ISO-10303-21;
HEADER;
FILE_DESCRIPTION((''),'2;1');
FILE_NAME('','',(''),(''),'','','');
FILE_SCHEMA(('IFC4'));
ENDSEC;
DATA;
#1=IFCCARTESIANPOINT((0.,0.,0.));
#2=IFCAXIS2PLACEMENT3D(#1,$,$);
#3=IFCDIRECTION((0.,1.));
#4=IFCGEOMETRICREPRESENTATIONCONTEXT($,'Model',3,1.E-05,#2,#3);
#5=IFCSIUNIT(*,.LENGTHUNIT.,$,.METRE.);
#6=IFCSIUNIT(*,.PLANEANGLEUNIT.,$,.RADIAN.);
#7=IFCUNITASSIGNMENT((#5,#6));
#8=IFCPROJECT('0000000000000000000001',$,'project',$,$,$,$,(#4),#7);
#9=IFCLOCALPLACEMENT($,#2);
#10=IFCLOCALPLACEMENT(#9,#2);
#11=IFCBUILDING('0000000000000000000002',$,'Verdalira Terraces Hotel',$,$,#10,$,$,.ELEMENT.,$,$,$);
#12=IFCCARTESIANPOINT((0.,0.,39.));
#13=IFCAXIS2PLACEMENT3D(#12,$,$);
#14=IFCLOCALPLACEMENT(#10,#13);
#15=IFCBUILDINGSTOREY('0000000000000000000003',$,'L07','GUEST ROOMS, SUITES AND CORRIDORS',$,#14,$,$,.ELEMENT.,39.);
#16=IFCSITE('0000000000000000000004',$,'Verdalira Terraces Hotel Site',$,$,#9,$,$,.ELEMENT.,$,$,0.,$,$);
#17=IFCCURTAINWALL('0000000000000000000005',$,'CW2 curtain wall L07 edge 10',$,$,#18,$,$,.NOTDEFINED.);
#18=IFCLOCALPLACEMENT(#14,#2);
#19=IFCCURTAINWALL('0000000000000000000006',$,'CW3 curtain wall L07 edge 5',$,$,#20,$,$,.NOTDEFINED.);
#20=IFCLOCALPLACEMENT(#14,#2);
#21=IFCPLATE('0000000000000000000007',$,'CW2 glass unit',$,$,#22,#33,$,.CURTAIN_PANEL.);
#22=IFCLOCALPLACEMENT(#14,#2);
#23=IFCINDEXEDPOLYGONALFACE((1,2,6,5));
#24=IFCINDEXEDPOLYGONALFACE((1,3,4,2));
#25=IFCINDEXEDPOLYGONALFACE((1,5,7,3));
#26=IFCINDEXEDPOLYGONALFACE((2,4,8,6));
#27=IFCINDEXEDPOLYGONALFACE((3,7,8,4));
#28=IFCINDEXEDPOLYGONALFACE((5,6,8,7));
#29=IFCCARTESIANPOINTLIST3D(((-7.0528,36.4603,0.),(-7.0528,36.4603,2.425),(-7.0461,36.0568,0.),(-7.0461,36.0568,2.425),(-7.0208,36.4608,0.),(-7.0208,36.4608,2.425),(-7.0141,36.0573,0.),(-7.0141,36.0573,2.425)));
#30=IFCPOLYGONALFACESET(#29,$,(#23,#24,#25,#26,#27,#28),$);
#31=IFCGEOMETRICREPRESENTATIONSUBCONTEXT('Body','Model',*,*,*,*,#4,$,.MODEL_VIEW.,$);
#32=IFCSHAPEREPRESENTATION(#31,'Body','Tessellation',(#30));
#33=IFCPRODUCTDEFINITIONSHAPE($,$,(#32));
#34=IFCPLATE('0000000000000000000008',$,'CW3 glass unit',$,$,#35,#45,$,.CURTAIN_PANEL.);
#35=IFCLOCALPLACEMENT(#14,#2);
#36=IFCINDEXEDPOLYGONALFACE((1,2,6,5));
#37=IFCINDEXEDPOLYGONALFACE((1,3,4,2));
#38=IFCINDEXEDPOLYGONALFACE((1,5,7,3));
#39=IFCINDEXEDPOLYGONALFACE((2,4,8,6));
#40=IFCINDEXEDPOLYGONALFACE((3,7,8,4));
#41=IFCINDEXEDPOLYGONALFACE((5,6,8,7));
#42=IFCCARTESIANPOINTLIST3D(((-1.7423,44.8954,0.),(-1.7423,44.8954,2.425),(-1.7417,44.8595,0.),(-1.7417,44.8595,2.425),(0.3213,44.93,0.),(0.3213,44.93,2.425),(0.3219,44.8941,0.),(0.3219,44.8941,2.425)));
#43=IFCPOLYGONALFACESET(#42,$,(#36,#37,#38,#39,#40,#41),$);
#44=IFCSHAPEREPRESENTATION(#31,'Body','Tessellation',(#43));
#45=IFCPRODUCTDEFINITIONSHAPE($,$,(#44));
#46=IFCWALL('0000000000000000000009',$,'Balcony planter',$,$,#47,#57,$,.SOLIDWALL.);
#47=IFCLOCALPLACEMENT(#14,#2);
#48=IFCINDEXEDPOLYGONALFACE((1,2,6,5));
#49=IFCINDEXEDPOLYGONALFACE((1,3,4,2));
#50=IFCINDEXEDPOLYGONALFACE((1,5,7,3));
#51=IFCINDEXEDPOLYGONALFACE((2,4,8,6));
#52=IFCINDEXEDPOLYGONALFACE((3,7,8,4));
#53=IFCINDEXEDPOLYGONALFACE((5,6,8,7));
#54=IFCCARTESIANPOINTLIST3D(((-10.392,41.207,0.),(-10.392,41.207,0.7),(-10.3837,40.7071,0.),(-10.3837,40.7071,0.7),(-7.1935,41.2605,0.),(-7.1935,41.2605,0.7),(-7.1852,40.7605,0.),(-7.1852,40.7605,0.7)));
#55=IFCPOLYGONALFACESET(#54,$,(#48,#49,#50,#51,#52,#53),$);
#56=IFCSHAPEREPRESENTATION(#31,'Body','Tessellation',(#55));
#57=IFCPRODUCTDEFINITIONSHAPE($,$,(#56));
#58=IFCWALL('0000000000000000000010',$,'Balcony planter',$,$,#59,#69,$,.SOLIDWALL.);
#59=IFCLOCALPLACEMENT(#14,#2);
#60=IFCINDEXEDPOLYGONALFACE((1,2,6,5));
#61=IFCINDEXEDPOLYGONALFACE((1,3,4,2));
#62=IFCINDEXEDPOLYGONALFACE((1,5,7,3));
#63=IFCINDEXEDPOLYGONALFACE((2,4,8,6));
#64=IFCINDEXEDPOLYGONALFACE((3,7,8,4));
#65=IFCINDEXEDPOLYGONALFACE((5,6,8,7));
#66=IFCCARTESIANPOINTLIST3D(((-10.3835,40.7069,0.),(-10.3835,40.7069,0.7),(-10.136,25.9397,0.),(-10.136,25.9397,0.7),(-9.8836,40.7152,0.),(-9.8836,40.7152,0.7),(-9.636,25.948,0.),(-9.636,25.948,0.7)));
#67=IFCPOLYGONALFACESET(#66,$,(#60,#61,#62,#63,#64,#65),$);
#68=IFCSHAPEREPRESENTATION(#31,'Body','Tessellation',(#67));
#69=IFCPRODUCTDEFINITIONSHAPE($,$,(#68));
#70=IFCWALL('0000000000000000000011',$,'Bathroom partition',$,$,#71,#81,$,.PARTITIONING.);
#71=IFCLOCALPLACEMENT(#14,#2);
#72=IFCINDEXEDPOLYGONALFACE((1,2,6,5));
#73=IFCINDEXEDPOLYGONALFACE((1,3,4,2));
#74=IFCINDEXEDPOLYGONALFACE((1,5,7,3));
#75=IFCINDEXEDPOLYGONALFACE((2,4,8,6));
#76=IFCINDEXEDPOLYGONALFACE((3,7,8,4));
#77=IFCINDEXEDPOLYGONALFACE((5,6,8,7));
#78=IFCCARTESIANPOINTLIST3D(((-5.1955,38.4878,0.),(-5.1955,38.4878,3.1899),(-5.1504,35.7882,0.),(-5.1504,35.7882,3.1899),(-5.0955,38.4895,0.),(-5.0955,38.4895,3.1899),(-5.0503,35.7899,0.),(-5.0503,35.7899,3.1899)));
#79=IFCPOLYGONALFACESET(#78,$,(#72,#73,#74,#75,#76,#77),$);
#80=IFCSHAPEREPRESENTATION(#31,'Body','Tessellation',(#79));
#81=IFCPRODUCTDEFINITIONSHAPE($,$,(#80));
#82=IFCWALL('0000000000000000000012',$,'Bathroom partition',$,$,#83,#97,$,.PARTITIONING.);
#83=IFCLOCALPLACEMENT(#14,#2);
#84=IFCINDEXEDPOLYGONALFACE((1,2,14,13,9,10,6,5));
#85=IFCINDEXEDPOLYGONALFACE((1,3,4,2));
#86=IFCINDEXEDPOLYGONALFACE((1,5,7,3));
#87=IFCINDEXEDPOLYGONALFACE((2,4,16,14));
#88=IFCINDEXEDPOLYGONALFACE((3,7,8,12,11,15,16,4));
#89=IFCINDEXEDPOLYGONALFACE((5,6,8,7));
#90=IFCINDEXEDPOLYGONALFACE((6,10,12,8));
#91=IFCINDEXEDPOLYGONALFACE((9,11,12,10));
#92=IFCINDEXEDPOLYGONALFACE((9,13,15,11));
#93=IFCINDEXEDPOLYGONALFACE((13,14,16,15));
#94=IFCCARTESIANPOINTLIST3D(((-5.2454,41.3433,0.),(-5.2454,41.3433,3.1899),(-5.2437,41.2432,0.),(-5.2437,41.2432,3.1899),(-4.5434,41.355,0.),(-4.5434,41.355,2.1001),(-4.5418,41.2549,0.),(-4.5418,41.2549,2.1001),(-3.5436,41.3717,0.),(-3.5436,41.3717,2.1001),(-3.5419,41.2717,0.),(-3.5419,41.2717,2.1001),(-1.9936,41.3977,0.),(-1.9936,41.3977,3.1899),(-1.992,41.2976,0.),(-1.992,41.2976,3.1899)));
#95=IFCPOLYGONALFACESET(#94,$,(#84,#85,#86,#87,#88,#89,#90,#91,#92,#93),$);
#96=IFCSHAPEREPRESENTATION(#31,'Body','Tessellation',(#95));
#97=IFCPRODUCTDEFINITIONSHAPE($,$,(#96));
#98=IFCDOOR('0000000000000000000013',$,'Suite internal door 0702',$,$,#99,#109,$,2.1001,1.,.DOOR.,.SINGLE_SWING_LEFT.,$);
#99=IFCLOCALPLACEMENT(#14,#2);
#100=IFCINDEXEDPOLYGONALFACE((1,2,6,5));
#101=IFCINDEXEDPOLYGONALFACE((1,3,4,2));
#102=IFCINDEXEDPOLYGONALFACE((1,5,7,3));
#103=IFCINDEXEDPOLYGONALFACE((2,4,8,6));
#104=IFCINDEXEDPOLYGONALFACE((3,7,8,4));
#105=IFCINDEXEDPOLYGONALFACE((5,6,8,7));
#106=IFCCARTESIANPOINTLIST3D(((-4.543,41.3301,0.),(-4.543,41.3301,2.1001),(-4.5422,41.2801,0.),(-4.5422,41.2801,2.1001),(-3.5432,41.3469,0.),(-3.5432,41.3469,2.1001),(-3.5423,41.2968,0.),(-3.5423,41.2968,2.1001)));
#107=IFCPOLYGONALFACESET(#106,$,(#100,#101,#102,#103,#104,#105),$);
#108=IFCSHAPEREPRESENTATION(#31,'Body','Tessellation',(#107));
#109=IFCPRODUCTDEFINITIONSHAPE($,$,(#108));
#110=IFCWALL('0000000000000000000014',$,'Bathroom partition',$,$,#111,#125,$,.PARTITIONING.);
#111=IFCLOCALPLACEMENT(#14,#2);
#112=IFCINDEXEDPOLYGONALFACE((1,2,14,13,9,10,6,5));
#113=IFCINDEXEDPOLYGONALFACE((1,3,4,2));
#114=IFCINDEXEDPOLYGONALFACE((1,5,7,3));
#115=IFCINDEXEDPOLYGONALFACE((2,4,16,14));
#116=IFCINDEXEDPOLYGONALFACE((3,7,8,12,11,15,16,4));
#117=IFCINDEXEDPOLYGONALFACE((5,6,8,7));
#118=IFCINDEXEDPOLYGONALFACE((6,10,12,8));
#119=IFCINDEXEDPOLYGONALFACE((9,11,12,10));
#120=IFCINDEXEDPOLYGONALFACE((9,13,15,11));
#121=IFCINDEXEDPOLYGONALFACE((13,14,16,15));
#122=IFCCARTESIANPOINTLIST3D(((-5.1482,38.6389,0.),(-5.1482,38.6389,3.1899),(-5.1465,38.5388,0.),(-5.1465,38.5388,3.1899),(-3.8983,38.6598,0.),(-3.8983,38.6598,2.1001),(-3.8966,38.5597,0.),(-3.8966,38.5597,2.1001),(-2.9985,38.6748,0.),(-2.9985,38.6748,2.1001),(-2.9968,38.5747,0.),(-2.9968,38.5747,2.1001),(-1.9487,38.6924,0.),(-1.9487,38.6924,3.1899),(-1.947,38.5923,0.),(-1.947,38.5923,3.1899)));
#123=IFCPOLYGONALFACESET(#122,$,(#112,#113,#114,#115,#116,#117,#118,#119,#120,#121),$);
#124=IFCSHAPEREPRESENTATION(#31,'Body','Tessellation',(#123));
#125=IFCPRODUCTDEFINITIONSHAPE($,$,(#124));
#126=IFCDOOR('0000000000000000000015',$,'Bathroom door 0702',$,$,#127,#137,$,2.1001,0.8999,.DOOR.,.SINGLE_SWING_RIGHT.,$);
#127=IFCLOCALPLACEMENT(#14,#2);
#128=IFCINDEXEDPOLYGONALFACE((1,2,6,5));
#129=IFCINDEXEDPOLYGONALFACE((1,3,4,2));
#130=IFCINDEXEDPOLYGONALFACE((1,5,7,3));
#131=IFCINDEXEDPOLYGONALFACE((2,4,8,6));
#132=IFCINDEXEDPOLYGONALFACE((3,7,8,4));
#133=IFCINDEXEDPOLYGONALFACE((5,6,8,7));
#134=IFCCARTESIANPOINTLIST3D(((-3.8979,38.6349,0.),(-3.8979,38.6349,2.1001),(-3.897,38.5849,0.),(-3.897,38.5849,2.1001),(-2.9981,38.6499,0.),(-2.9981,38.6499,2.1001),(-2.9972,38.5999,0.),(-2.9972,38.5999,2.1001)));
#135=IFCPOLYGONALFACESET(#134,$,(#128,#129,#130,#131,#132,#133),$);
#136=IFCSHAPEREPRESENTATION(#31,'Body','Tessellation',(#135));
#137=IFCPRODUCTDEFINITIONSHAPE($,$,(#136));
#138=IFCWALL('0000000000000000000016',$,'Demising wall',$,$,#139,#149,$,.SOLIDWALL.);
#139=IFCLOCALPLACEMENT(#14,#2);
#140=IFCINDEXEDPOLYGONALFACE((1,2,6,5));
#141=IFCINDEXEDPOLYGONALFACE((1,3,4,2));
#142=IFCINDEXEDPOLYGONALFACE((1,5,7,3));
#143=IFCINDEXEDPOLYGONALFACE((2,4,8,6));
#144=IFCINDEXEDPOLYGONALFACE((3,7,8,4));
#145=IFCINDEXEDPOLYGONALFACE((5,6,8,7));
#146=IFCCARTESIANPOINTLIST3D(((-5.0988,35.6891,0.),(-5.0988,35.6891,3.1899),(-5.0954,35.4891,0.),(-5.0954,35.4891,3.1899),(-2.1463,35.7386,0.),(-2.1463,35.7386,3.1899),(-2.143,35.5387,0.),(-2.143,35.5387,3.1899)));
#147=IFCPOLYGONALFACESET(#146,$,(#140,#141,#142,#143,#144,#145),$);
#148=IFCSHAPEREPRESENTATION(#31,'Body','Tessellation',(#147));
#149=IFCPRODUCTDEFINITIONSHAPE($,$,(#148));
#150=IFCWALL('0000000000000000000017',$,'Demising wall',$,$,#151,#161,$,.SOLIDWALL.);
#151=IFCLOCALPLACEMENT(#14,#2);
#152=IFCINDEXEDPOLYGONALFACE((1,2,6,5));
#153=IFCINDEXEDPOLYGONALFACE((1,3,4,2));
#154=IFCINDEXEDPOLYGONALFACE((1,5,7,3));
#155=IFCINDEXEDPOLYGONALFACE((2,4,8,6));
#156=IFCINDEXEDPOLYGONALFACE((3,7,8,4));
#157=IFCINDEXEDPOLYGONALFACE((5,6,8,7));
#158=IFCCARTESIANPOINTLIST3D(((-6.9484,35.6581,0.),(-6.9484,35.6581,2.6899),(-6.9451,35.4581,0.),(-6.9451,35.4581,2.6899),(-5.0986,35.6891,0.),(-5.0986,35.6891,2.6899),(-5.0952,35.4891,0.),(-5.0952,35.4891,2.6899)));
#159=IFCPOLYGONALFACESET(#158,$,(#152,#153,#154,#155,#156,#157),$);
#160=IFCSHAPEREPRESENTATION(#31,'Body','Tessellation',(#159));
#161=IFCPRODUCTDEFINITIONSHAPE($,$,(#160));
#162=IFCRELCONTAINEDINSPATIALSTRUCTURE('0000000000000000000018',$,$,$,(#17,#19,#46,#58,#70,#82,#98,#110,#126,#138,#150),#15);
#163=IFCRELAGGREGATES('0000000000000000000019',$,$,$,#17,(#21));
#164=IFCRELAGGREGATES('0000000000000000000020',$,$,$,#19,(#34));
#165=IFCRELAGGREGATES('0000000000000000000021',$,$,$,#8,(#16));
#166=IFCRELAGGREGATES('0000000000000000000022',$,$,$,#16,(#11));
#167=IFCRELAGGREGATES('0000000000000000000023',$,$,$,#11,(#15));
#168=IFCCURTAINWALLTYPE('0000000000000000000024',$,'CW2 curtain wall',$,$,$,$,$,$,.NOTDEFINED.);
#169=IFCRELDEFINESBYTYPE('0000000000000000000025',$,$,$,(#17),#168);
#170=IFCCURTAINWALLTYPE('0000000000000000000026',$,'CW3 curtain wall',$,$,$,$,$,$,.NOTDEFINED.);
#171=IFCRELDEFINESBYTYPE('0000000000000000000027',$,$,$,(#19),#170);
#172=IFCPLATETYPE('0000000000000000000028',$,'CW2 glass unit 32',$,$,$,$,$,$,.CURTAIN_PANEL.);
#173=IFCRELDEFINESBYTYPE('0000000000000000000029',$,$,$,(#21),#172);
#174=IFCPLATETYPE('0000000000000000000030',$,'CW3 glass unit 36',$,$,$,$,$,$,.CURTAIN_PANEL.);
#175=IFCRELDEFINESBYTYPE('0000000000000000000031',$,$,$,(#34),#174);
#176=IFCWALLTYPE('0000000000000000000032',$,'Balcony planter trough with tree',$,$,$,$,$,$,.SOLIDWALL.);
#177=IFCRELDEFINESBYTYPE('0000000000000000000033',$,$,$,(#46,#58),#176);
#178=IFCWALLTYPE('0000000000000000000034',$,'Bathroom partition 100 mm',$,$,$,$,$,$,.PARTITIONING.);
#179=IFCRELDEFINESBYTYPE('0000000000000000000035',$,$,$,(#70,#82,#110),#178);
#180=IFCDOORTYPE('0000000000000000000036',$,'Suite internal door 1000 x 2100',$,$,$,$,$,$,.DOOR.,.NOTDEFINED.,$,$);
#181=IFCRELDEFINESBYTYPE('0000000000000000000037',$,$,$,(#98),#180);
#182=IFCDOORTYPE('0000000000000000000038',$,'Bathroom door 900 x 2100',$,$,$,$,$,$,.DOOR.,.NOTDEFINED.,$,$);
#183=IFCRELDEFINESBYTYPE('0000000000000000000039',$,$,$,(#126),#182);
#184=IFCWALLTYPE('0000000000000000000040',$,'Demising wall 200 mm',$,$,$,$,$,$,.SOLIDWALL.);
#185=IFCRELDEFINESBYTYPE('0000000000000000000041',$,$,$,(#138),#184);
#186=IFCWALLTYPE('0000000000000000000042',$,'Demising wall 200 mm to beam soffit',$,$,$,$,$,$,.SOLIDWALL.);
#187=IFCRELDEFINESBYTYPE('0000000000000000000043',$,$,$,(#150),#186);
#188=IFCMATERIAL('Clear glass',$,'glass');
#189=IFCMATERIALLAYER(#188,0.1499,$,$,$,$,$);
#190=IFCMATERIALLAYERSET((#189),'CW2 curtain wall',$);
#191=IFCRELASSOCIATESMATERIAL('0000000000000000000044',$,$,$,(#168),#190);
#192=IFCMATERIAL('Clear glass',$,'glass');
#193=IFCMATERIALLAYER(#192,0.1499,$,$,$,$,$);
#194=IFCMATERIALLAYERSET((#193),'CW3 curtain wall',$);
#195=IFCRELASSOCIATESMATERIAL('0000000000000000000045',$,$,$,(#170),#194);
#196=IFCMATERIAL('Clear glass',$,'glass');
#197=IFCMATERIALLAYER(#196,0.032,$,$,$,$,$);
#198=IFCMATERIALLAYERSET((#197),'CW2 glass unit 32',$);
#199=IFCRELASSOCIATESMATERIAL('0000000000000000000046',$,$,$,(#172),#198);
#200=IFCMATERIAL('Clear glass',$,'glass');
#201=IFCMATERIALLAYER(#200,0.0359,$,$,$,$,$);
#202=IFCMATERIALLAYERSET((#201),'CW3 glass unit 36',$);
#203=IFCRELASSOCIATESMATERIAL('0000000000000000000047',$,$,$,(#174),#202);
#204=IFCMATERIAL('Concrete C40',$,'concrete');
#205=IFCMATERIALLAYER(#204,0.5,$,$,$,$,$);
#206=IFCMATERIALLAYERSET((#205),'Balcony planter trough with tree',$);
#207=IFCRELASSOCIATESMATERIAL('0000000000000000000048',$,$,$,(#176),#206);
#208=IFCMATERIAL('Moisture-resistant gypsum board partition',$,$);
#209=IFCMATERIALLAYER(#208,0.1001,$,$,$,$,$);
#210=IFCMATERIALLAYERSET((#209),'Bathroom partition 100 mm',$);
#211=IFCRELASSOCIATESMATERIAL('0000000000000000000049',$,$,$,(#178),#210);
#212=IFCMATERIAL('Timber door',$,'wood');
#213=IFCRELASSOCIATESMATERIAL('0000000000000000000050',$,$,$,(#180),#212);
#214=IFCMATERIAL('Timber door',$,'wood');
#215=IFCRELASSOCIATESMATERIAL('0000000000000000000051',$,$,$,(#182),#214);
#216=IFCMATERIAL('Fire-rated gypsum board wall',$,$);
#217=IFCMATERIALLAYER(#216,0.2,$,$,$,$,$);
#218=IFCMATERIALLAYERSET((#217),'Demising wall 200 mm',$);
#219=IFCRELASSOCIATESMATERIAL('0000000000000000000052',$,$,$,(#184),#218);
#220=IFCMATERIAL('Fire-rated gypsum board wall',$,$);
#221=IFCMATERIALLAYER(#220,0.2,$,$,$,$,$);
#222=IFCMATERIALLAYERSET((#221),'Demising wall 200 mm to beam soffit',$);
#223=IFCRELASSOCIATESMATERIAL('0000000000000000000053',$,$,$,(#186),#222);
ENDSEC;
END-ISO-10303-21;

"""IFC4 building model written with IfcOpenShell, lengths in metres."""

from ifc_helpers import new_model, si_unit, direction, frame, frame_2d, origin, origin_2d, place, context, subcontext, project, spatial, rectangle, extrude, material, layer, layer_set, type_object, element, fill, aggregate, save


model = new_model("IFC4")

# Units and contexts
model_context = context("Model", 3, precision=1e-05, world=origin(), true_north=direction((0.0, 1.0)))
body_context = subcontext(model_context, "Body", "Model", "MODEL_VIEW")
ifc_project = project(units=[si_unit("LENGTHUNIT", "METRE"), si_unit("PLANEANGLEUNIT", "RADIAN")], contexts=[model_context])

# Site, building, storey
site_placement = place(None, origin())
site = spatial("IfcSite", under=ifc_project, at=site_placement, Name="Verdalira Terraces Hotel Site", CompositionType="ELEMENT", RefElevation=0.0)
building_placement = place(site_placement, origin())
building = spatial("IfcBuilding", under=site, at=building_placement, Name="Verdalira Terraces Hotel", CompositionType="ELEMENT")
storey_placement = place(building_placement, frame((0.0, 0.0, 39.0)))
storey = spatial("IfcBuildingStorey", under=building, at=storey_placement, Name="L07", Description="GUEST ROOMS, SUITES AND CORRIDORS", CompositionType="ELEMENT", Elevation=39.0)

# Curtain wall
ifc_material_1 = material(Name="Clear glass", Category="glass")
ifc_layer_1 = layer(ifc_material_1, 0.1499)
ifc_layer_set_1 = layer_set([ifc_layer_1], Name="CW2 curtain wall")
curtain_wall_type_1 = type_object("IfcCurtainWallType", Name="CW2 curtain wall", PredefinedType="NOTDEFINED", material=ifc_layer_set_1)
curtain_wall_1_placement = place(storey_placement, origin())
curtain_wall_1 = element("IfcCurtainWall", 1, at=curtain_wall_1_placement, inside=storey, type_object=curtain_wall_type_1, Name="CW2 curtain wall L07 edge 10", PredefinedType="NOTDEFINED")

# Curtain wall
ifc_material_2 = material(Name="Clear glass", Category="glass")
ifc_layer_2 = layer(ifc_material_2, 0.1499)
ifc_layer_set_2 = layer_set([ifc_layer_2], Name="CW3 curtain wall")
curtain_wall_type_2 = type_object("IfcCurtainWallType", Name="CW3 curtain wall", PredefinedType="NOTDEFINED", material=ifc_layer_set_2)
curtain_wall_2_placement = place(storey_placement, origin())
curtain_wall_2 = element("IfcCurtainWall", 2, at=curtain_wall_2_placement, inside=storey, type_object=curtain_wall_type_2, Name="CW3 curtain wall L07 edge 5", PredefinedType="NOTDEFINED")

# Plates
ifc_material_3 = material(Name="Clear glass", Category="glass")
ifc_layer_3 = layer(ifc_material_3, 0.032)
ifc_layer_set_3 = layer_set([ifc_layer_3], Name="CW2 glass unit 32")
plate_type_1 = type_object("IfcPlateType", Name="CW2 glass unit 32", PredefinedType="CURTAIN_PANEL", material=ifc_layer_set_3)
plate_1_placement = place(storey_placement, frame((-7.0334, 36.2588, 0.0), z_axis=(0.0, 0.0, 1.0), x_axis=(0.016754, -0.99986, 0.0)))
plate_1 = element("IfcPlate", 3, at=plate_1_placement, type_object=plate_type_1, Name="CW2 glass unit", PredefinedType="CURTAIN_PANEL", context=body_context, shape_type="SweptSolid", body=[
    extrude(rectangle(XDim=0.4036, YDim=0.032, at=origin_2d()), origin(), (0.0, 0.0, 1.0), 2.425),
])
aggregate(curtain_wall_1, [plate_1])
ifc_material_4 = material(Name="Clear glass", Category="glass")
ifc_layer_4 = layer(ifc_material_4, 0.0359)
ifc_layer_set_4 = layer_set([ifc_layer_4], Name="CW3 glass unit 36")
plate_type_2 = type_object("IfcPlateType", Name="CW3 glass unit 36", PredefinedType="CURTAIN_PANEL", material=ifc_layer_set_4)
plate_2_placement = place(storey_placement, frame((-0.7102, 44.8948, 0.0), z_axis=(0.0, 0.0, 1.0), x_axis=(-0.99986, -0.016754, 0.0)))
plate_2 = element("IfcPlate", 4, at=plate_2_placement, type_object=plate_type_2, Name="CW3 glass unit", PredefinedType="CURTAIN_PANEL", context=body_context, shape_type="SweptSolid", body=[
    extrude(rectangle(XDim=2.064, YDim=0.0359, at=origin_2d()), origin(), (0.0, 0.0, 1.0), 2.425),
])
aggregate(curtain_wall_2, [plate_2])

# Walls
ifc_material_5 = material(Name="Concrete C40", Category="concrete")
ifc_layer_5 = layer(ifc_material_5, 0.5)
ifc_layer_set_5 = layer_set([ifc_layer_5], Name="Balcony planter trough with tree")
wall_type_1 = type_object("IfcWallType", Name="Balcony planter trough with tree", PredefinedType="SOLIDWALL", material=ifc_layer_set_5)
wall_1_placement = place(storey_placement, frame((-7.1892, 41.0105, 0.0), z_axis=(0.0, 0.0, 1.0), x_axis=(-0.99986, -0.016714, 0.0)))
element("IfcWall", 5, at=wall_1_placement, inside=storey, type_object=wall_type_1, Name="Balcony planter", PredefinedType="SOLIDWALL", context=body_context, shape_type="SweptSolid", body=[
    extrude(rectangle(XDim=3.199, YDim=0.5, at=frame_2d((1.5996, 0.0))), origin(), (0.0, 0.0, 1.0), 0.7),
])
wall_2_placement = place(storey_placement, frame((-10.1335, 40.7112, 0.0), z_axis=(0.0, 0.0, 1.0), x_axis=(0.016762, -0.99986, 0.0)))
element("IfcWall", 6, at=wall_2_placement, inside=storey, type_object=wall_type_1, Name="Balcony planter", PredefinedType="SOLIDWALL", context=body_context, shape_type="SweptSolid", body=[
    extrude(rectangle(XDim=14.7693, YDim=0.5, at=frame_2d((7.3848, 0.0))), origin(), (0.0, 0.0, 1.0), 0.7),
])
ifc_material_6 = material(Name="Moisture-resistant gypsum board partition")
ifc_layer_6 = layer(ifc_material_6, 0.1001)
ifc_layer_set_6 = layer_set([ifc_layer_6], Name="Bathroom partition 100 mm")
wall_type_2 = type_object("IfcWallType", Name="Bathroom partition 100 mm", PredefinedType="PARTITIONING", material=ifc_layer_set_6)
wall_3_placement = place(storey_placement, frame((-5.1455, 38.4888, 0.0), z_axis=(0.0, 0.0, 1.0), x_axis=(0.016729, -0.99986, 0.0)))
element("IfcWall", 7, at=wall_3_placement, inside=storey, type_object=wall_type_2, Name="Bathroom partition", PredefinedType="PARTITIONING", context=body_context, shape_type="SweptSolid", body=[
    extrude(rectangle(XDim=2.7, YDim=0.1001, at=frame_2d((1.3501, 0.0))), origin(), (0.0, 0.0, 1.0), 3.1899),
])

# Walls, openings, doors
wall_4_placement = place(storey_placement, frame((-1.9929, 41.3477, 0.0), z_axis=(0.0, 0.0, 1.0), x_axis=(-0.99986, -0.016741, 0.0)))
wall_4 = element("IfcWall", 8, at=wall_4_placement, inside=storey, type_object=wall_type_2, Name="Bathroom partition", PredefinedType="PARTITIONING", context=body_context, shape_type="SweptSolid", body=[
    extrude(rectangle(XDim=3.2522, YDim=0.1001, at=frame_2d((1.626, 0.0))), origin(), (0.0, 0.0, 1.0), 3.1899),
])
opening_1_placement = place(wall_4_placement, frame((1.55, 0.0, 0.0)))
opening_1 = element("IfcOpeningElement", 9, at=opening_1_placement, cuts=wall_4, PredefinedType="OPENING", context=body_context, shape_type="SweptSolid", body=[
    extrude(rectangle(XDim=1.0, YDim=2.1001, at=frame_2d((0.5, 1.05))), frame((0.0, 0.0601, 0.0), z_axis=(0.0, -1.0, 0.0), x_axis=(1.0, 0.0, 0.0)), (0.0, 0.0, 1.0), 0.1201),
])
ifc_material_7 = material(Name="Timber door", Category="wood")
door_type_1 = type_object("IfcDoorType", Name="Suite internal door 1000 x 2100", OperationType="NOTDEFINED", PredefinedType="DOOR", material=ifc_material_7)
door_1_placement = place(opening_1_placement, origin())
door_1 = element("IfcDoor", 10, at=door_1_placement, inside=storey, type_object=door_type_1, Name="Suite internal door 0702", OperationType="SINGLE_SWING_LEFT", OverallHeight=2.1001, OverallWidth=1.0, PredefinedType="DOOR", context=body_context, shape_type="SweptSolid", body=[
    extrude(rectangle(XDim=1.0, YDim=2.1001, at=frame_2d((0.5, 1.05))), frame((0.0, 0.0249, 0.0), z_axis=(0.0, -1.0, 0.0), x_axis=(1.0, 0.0, 0.0)), (0.0, 0.0, 1.0), 0.05),
])
fill(opening_1, door_1)
wall_5_placement = place(storey_placement, frame((-1.9478, 38.6423, 0.0), z_axis=(0.0, 0.0, 1.0), x_axis=(-0.99986, -0.016709, 0.0)))
wall_5 = element("IfcWall", 11, at=wall_5_placement, inside=storey, type_object=wall_type_2, Name="Bathroom partition", PredefinedType="PARTITIONING", context=body_context, shape_type="SweptSolid", body=[
    extrude(rectangle(XDim=3.2, YDim=0.1001, at=frame_2d((1.6001, 0.0))), origin(), (0.0, 0.0, 1.0), 3.1899),
])
opening_2_placement = place(wall_5_placement, frame((1.05, 0.0, 0.0)))
opening_2 = element("IfcOpeningElement", 12, at=opening_2_placement, cuts=wall_5, PredefinedType="OPENING", context=body_context, shape_type="SweptSolid", body=[
    extrude(rectangle(XDim=0.8999, YDim=2.1001, at=frame_2d((0.45, 1.05))), frame((0.0, 0.0601, 0.0), z_axis=(0.0, -1.0, 0.0), x_axis=(1.0, 0.0, 0.0)), (0.0, 0.0, 1.0), 0.1201),
])
ifc_material_8 = material(Name="Timber door", Category="wood")
door_type_2 = type_object("IfcDoorType", Name="Bathroom door 900 x 2100", OperationType="NOTDEFINED", PredefinedType="DOOR", material=ifc_material_8)
door_2_placement = place(opening_2_placement, origin())
door_2 = element("IfcDoor", 13, at=door_2_placement, inside=storey, type_object=door_type_2, Name="Bathroom door 0702", OperationType="SINGLE_SWING_RIGHT", OverallHeight=2.1001, OverallWidth=0.8999, PredefinedType="DOOR", context=body_context, shape_type="SweptSolid", body=[
    extrude(rectangle(XDim=0.8999, YDim=2.1001, at=frame_2d((0.45, 1.05))), frame((0.0, 0.0249, 0.0), z_axis=(0.0, -1.0, 0.0), x_axis=(1.0, 0.0, 0.0)), (0.0, 0.0, 1.0), 0.05),
])
fill(opening_2, door_2)

# Walls
ifc_material_9 = material(Name="Fire-rated gypsum board wall")
ifc_layer_7 = layer(ifc_material_9, 0.2)
ifc_layer_set_7 = layer_set([ifc_layer_7], Name="Demising wall 200 mm")
wall_type_3 = type_object("IfcWallType", Name="Demising wall 200 mm", PredefinedType="SOLIDWALL", material=ifc_layer_set_7)
wall_6_placement = place(storey_placement, frame((-2.1445, 35.6387, 0.0), z_axis=(0.0, 0.0, 1.0), x_axis=(-0.999859, -0.016784, 0.0)))
element("IfcWall", 14, at=wall_6_placement, inside=storey, type_object=wall_type_3, Name="Demising wall", PredefinedType="SOLIDWALL", context=body_context, shape_type="SweptSolid", body=[
    extrude(rectangle(XDim=2.9529, YDim=0.2, at=frame_2d((1.4766, 0.0))), origin(), (0.0, 0.0, 1.0), 3.1899),
])
ifc_material_10 = material(Name="Fire-rated gypsum board wall")
ifc_layer_8 = layer(ifc_material_10, 0.2)
ifc_layer_set_8 = layer_set([ifc_layer_8], Name="Demising wall 200 mm to beam soffit")
wall_type_4 = type_object("IfcWallType", Name="Demising wall 200 mm to beam soffit", PredefinedType="SOLIDWALL", material=ifc_layer_set_8)
wall_7_placement = place(storey_placement, frame((-5.0969, 35.5891, 0.0), z_axis=(0.0, 0.0, 1.0), x_axis=(-0.99986, -0.016759, 0.0)))
element("IfcWall", 15, at=wall_7_placement, inside=storey, type_object=wall_type_4, Name="Demising wall", PredefinedType="SOLIDWALL", context=body_context, shape_type="SweptSolid", body=[
    extrude(rectangle(XDim=1.8501, YDim=0.2, at=frame_2d((0.925, 0.0))), origin(), (0.0, 0.0, 1.0), 2.6899),
])

save(model, "model.ifc")
